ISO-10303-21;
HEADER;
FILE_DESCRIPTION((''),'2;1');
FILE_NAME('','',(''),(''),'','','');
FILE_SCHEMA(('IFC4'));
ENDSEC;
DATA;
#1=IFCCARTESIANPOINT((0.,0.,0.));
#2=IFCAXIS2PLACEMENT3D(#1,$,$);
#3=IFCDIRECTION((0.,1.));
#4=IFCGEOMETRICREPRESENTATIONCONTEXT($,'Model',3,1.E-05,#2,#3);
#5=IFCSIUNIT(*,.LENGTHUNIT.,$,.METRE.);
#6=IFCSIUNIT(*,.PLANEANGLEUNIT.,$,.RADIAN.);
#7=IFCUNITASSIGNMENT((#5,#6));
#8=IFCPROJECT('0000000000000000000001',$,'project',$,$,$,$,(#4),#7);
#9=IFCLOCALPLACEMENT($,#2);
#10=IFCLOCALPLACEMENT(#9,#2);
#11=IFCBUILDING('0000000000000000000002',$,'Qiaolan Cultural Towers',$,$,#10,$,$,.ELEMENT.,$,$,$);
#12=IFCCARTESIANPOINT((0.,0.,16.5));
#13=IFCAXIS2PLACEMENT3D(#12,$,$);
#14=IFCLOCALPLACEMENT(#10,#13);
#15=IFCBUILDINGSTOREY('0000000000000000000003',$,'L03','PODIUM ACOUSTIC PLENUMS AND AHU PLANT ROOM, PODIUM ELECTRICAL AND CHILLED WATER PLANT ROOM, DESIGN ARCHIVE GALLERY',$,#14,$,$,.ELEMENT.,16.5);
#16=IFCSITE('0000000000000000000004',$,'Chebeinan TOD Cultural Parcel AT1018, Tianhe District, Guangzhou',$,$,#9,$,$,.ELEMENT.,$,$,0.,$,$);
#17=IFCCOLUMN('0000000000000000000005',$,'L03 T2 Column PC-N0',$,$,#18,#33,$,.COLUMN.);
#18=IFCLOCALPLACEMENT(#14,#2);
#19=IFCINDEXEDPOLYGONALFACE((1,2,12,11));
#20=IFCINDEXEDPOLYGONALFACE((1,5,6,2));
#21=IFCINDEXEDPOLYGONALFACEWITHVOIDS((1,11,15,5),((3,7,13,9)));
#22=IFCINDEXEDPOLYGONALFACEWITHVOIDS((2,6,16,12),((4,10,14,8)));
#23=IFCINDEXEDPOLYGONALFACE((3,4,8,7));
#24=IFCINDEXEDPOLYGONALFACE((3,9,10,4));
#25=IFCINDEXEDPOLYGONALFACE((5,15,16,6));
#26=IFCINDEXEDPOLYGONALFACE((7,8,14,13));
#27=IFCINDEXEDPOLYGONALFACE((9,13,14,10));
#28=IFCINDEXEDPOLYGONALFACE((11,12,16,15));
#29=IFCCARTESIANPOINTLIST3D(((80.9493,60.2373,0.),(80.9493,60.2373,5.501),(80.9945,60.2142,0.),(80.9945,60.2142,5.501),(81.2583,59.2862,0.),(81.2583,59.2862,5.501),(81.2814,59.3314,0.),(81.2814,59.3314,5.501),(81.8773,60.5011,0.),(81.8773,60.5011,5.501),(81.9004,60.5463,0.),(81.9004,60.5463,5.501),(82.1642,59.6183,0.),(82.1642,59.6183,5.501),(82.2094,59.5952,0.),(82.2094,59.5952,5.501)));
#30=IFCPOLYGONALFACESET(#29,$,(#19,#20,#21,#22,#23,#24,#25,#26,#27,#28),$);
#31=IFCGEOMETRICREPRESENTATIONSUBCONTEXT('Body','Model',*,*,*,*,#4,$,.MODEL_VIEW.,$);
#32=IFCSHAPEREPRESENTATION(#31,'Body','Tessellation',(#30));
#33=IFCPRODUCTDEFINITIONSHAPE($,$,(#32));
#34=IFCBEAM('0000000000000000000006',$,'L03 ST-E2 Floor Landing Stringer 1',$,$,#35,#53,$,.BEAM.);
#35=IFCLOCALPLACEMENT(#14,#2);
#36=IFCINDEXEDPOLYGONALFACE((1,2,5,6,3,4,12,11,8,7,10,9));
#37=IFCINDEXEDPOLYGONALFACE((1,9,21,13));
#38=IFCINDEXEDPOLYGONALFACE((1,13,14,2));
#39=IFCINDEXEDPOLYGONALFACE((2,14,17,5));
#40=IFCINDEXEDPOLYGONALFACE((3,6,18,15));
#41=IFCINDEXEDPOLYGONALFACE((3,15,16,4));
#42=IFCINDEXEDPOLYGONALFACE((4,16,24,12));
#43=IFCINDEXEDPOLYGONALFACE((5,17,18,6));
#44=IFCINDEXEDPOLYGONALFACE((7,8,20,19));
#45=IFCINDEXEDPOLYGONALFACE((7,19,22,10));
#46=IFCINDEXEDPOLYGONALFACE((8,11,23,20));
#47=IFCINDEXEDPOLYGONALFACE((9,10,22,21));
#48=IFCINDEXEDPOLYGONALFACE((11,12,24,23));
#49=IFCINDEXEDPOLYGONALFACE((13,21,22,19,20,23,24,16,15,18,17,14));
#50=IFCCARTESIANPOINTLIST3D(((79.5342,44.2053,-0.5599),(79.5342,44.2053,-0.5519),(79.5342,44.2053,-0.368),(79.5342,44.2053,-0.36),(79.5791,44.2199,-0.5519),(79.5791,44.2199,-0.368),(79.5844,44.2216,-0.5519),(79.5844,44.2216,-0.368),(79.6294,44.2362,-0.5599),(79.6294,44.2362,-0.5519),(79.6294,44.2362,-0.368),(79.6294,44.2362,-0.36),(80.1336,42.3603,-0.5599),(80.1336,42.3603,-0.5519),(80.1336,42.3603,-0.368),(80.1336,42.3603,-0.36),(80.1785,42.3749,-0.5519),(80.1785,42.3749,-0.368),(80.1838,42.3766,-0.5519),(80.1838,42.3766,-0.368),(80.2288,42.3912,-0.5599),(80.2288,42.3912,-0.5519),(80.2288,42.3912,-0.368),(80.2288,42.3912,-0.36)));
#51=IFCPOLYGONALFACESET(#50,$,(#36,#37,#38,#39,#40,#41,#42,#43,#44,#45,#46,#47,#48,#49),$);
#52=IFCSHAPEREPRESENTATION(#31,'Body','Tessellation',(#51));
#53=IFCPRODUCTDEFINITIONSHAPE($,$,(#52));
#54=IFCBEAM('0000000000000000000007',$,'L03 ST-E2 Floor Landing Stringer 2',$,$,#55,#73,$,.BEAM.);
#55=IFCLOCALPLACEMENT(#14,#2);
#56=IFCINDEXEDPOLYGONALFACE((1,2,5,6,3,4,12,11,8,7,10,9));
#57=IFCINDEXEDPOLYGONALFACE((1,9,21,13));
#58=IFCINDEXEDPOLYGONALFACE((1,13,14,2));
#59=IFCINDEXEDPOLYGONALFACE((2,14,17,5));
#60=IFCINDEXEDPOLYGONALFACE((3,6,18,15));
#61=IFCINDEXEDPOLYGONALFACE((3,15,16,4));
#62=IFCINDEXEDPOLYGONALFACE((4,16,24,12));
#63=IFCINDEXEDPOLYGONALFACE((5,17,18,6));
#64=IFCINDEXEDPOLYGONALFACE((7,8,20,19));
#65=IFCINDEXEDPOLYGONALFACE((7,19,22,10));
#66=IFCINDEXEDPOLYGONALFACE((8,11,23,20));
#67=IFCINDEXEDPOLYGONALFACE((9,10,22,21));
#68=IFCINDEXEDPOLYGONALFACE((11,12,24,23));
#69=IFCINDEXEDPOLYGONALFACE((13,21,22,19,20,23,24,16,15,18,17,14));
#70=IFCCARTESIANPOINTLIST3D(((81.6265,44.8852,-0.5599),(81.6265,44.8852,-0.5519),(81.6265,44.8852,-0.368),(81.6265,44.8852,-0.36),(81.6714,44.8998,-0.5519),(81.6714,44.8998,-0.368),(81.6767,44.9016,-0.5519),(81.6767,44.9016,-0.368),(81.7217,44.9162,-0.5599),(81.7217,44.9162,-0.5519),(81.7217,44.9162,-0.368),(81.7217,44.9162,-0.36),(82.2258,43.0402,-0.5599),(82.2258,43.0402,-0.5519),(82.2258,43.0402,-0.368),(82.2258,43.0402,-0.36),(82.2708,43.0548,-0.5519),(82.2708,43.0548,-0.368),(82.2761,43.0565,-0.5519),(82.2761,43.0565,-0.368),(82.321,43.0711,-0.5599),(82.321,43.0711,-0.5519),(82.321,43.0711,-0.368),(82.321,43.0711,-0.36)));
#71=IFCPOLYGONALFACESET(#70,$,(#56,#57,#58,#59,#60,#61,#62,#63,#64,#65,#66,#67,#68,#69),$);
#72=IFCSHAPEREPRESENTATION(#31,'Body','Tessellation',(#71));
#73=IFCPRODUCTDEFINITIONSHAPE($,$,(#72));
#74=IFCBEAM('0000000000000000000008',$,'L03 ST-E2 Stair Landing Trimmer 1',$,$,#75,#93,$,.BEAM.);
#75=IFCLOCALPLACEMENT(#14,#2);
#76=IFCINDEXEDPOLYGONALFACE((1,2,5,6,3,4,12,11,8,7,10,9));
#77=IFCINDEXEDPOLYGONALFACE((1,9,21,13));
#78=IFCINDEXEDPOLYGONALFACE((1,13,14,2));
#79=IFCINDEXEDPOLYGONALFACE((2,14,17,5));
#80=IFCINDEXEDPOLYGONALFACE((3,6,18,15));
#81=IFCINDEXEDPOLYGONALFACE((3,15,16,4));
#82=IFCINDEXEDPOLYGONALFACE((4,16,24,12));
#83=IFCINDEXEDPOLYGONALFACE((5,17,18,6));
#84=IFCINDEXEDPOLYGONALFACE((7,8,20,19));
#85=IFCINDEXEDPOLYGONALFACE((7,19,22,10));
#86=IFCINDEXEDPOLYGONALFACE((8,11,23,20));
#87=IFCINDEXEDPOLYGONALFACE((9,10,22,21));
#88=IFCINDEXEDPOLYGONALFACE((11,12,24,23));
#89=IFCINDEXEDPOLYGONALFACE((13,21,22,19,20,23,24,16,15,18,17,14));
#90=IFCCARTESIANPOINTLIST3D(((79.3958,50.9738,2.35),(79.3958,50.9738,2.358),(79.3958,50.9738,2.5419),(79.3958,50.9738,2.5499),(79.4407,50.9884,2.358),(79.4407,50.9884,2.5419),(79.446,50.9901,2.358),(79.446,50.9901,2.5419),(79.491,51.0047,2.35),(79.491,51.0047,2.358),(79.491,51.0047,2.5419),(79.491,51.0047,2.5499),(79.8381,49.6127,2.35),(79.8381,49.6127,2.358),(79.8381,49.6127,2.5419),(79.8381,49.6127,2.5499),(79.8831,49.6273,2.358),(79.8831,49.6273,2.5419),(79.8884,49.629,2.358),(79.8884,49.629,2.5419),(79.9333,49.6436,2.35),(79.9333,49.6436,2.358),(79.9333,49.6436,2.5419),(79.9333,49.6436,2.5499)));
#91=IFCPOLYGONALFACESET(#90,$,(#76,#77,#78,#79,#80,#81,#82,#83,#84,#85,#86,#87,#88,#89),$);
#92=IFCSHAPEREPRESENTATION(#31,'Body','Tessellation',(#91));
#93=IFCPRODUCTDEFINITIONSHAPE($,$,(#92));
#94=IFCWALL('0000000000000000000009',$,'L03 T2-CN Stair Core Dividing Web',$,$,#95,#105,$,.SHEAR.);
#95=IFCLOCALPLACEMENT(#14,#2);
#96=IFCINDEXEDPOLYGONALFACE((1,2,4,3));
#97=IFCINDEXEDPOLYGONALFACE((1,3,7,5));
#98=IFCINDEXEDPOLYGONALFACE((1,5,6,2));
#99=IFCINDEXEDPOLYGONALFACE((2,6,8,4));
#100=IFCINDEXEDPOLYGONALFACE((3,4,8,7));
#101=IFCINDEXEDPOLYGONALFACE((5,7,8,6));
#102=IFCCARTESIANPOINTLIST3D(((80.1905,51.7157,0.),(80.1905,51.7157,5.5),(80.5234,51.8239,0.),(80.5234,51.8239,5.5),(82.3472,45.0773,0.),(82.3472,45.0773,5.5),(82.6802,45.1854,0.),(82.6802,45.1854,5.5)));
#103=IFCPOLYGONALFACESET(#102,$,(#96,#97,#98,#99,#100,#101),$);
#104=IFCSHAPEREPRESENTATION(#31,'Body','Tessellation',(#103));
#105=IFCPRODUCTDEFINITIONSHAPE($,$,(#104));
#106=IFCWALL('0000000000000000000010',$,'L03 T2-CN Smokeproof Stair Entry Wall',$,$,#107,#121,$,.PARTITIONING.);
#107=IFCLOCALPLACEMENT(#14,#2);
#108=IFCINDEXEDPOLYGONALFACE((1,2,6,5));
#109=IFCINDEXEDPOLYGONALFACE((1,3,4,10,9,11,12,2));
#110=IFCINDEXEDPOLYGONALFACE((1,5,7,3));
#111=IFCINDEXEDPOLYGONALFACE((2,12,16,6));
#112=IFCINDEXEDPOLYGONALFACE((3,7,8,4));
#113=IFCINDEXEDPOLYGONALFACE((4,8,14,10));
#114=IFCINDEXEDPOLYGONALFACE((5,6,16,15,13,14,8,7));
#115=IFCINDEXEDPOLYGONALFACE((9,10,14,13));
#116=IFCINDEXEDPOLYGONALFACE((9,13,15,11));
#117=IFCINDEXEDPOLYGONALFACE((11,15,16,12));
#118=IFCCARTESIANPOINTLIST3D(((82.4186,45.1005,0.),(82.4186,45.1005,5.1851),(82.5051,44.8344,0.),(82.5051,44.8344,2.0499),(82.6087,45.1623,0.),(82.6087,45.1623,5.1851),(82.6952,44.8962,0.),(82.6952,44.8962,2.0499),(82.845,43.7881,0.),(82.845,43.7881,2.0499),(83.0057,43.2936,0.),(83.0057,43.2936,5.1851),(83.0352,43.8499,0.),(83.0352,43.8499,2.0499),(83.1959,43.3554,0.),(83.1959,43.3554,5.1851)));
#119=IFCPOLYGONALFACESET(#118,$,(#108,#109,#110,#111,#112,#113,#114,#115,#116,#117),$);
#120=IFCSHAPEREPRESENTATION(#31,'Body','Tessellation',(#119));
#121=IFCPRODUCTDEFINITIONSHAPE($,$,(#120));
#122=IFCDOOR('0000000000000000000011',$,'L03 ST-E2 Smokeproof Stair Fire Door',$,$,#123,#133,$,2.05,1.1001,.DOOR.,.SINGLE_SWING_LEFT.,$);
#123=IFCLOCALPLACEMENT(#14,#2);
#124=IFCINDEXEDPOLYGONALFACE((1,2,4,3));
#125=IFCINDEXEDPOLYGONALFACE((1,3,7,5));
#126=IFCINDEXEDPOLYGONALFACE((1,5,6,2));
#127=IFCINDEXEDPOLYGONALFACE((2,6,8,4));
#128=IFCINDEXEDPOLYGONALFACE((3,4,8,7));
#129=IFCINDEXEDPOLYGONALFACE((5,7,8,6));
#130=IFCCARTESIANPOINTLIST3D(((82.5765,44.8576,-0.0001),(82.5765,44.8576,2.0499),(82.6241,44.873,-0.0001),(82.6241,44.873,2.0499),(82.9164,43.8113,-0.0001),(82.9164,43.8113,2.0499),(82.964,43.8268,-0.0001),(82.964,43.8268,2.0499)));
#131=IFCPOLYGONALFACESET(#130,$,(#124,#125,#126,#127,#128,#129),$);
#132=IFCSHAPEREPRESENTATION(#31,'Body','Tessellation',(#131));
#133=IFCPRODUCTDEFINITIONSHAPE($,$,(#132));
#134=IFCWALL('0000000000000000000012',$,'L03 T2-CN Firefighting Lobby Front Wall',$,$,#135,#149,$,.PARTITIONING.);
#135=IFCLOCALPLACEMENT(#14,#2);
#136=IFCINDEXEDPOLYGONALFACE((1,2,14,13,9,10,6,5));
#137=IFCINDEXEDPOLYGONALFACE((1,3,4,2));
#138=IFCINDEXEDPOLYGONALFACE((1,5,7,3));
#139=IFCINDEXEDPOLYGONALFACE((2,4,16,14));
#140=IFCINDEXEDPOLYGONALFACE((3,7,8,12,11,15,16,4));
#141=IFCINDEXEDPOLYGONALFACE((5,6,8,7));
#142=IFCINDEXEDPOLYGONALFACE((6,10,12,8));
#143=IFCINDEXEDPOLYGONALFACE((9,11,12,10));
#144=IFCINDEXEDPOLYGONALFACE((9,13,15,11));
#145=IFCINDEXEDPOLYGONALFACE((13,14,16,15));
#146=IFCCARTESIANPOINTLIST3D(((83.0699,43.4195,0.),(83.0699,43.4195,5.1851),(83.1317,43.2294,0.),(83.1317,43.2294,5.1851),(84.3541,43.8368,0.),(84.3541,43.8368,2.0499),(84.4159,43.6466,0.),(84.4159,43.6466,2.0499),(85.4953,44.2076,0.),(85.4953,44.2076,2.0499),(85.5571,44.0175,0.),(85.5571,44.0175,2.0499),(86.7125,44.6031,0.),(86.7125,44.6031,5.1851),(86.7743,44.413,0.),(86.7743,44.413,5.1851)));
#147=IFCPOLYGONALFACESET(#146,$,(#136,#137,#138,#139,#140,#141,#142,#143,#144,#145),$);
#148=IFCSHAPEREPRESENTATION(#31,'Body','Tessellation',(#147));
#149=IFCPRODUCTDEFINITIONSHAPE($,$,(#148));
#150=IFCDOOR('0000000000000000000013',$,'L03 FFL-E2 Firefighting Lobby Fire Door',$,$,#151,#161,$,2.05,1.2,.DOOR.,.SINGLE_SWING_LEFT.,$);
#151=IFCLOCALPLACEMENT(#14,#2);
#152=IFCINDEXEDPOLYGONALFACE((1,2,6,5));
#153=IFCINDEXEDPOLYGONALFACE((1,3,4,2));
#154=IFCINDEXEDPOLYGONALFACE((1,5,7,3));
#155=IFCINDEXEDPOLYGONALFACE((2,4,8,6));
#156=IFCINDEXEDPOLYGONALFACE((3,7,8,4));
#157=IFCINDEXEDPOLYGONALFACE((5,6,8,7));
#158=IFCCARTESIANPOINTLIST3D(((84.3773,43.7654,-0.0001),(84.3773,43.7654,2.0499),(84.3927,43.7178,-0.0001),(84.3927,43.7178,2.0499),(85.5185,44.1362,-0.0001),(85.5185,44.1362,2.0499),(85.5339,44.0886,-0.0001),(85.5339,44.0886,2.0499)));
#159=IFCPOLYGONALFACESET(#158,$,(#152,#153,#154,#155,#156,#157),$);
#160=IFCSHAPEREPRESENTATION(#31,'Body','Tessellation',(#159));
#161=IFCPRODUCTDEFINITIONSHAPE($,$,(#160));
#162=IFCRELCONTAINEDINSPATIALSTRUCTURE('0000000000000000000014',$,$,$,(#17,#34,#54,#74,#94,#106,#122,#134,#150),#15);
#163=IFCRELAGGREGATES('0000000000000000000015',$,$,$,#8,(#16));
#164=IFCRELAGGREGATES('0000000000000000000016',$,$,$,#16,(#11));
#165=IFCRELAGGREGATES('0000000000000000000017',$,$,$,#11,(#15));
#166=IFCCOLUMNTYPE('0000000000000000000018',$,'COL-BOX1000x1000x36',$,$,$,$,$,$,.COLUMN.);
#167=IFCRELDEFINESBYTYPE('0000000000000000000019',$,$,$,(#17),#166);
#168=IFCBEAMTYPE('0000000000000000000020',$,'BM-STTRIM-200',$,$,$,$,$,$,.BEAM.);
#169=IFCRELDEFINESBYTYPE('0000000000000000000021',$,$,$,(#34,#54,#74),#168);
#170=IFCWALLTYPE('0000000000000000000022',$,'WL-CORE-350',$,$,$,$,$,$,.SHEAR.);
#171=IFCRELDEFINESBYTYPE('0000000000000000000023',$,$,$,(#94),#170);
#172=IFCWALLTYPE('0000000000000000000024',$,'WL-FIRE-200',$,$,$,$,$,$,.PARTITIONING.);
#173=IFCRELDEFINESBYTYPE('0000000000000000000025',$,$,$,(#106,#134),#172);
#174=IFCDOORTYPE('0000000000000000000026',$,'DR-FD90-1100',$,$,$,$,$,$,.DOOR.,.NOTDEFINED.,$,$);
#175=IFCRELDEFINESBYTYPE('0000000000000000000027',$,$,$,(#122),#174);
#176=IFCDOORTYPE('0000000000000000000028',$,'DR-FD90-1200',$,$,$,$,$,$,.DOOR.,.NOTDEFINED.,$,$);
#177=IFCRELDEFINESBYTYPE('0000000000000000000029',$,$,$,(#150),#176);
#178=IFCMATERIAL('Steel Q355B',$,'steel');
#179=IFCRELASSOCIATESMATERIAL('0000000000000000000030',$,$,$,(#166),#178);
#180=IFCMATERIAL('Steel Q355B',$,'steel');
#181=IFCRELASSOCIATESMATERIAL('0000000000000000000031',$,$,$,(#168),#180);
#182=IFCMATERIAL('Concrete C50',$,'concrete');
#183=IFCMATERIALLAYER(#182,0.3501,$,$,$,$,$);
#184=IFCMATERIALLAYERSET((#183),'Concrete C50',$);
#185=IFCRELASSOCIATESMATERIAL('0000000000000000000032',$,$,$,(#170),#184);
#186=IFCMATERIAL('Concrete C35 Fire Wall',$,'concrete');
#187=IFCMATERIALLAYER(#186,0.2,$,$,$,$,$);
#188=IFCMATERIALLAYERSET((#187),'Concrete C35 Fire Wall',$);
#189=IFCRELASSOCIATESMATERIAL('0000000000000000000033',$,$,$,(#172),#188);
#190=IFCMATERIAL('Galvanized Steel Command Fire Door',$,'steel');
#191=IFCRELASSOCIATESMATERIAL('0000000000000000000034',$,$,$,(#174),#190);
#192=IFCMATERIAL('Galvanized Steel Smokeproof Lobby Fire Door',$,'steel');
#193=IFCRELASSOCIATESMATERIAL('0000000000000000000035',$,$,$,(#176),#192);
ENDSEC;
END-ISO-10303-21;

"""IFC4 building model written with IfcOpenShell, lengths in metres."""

from ifc_helpers import new_model, si_unit, direction, frame, frame_2d, origin, origin_2d, place, context, subcontext, project, spatial, rectangle, hollow_rectangle, i_section, extrude, material, layer, layer_set, material_profile, profile_set, type_object, element, fill, save


model = new_model("IFC4")

# Units and contexts
model_context = context("Model", 3, precision=1e-05, world=origin(), true_north=direction((0.0, 1.0)))
body_context = subcontext(model_context, "Body", "Model", "MODEL_VIEW")
ifc_project = project(units=[si_unit("LENGTHUNIT", "METRE"), si_unit("PLANEANGLEUNIT", "RADIAN")], contexts=[model_context])

# Site, building, storey
site_placement = place(None, origin())
site = spatial("IfcSite", under=ifc_project, at=site_placement, Name="Chebeinan TOD Cultural Parcel AT1018, Tianhe District, Guangzhou", CompositionType="ELEMENT", RefElevation=0.0)
building_placement = place(site_placement, origin())
building = spatial("IfcBuilding", under=site, at=building_placement, Name="Qiaolan Cultural Towers", CompositionType="ELEMENT")
storey_placement = place(building_placement, frame((0.0, 0.0, 16.5)))
storey = spatial("IfcBuildingStorey", under=building, at=storey_placement, Name="L03", Description="PODIUM ACOUSTIC PLENUMS AND AHU PLANT ROOM, PODIUM ELECTRICAL AND CHILLED WATER PLANT ROOM, DESIGN ARCHIVE GALLERY", CompositionType="ELEMENT", Elevation=16.5)

# Column
ifc_material_1 = material(Name="Steel Q355B", Category="steel")
ifc_material_profile_1 = material_profile(ifc_material_1, hollow_rectangle(XDim=1.0, YDim=1.0, WallThickness=0.0359, at=origin_2d()), Name="BOX1000x1000x36")
ifc_profile_set_1 = profile_set([ifc_material_profile_1], Name="Steel Q355B")
column_type = type_object("IfcColumnType", Name="COL-BOX1000x1000x36", PredefinedType="COLUMN", material=ifc_profile_set_1)
column_placement = place(storey_placement, frame((81.5793, 59.9163, 0.0), z_axis=(0.0, 0.0, 1.0), x_axis=(0.951057, 0.309017, 0.0)))
element("IfcColumn", 1, at=column_placement, inside=storey, type_object=column_type, Name="L03 T2 Column PC-N0", PredefinedType="COLUMN", context=body_context, shape_type="SweptSolid", body=[
    extrude(hollow_rectangle(XDim=1.0, YDim=1.0, WallThickness=0.0359, at=origin_2d()), origin(), (0.0, 0.0, 1.0), 5.501),
])

# Beams
ifc_material_2 = material(Name="Steel Q355B", Category="steel")
ifc_material_profile_2 = material_profile(ifc_material_2, i_section(OverallWidth=0.1001, OverallDepth=0.2, WebThickness=0.0056, FlangeThickness=0.0081, at=origin_2d()), Name="HN200x100x5.5x8")
ifc_profile_set_2 = profile_set([ifc_material_profile_2], Name="Steel Q355B")
beam_type = type_object("IfcBeamType", Name="BM-STTRIM-200", PredefinedType="BEAM", material=ifc_profile_set_2)
for number, where, z_axis, x_axis, name in (
    (2, (80.1812, 42.3757, -0.46), (-0.308969, 0.951072, 0.0), (-0.951072, -0.308969, 0.0), "L03 ST-E2 Floor Landing Stringer 1"),
    (3, (82.2734, 43.0557, -0.46), (-0.308969, 0.951072, 0.0), (-0.951072, -0.308969, 0.0), "L03 ST-E2 Floor Landing Stringer 2"),
):
    element("IfcBeam", number, at=place(storey_placement, frame(where, z_axis=z_axis, x_axis=x_axis)), inside=storey, type_object=beam_type, Name=name, PredefinedType="BEAM", context=body_context, shape_type="SweptSolid", body=[
        extrude(i_section(OverallWidth=0.1001, OverallDepth=0.2, WebThickness=0.0056, FlangeThickness=0.0081, at=origin_2d()), origin(), (0.0, 0.0, 1.0), 1.9399),
    ])
beam_placement = place(storey_placement, frame((79.8857, 49.6282, 2.45), z_axis=(-0.309105, 0.951028, 0.0), x_axis=(-0.951028, -0.309105, 0.0)))
element("IfcBeam", 4, at=beam_placement, inside=storey, type_object=beam_type, Name="L03 ST-E2 Stair Landing Trimmer 1", PredefinedType="BEAM", context=body_context, shape_type="SweptSolid", body=[
    extrude(i_section(OverallWidth=0.1001, OverallDepth=0.2, WebThickness=0.0056, FlangeThickness=0.0081, at=origin_2d()), origin(), (0.0, 0.0, 1.0), 1.4312),
])

# Wall
ifc_material_3 = material(Name="Concrete C50", Category="concrete")
ifc_layer_1 = layer(ifc_material_3, 0.3501)
ifc_layer_set_1 = layer_set([ifc_layer_1], Name="Concrete C50")
wall_type_1 = type_object("IfcWallType", Name="WL-CORE-350", PredefinedType="SHEAR", material=ifc_layer_set_1)
wall_1_placement = place(storey_placement, frame((82.5137, 45.1313, 0.0), z_axis=(0.0, 0.0, 1.0), x_axis=(-0.308989, 0.951066, 0.0)))
element("IfcWall", 5, at=wall_1_placement, inside=storey, type_object=wall_type_1, Name="L03 T2-CN Stair Core Dividing Web", PredefinedType="SHEAR", context=body_context, shape_type="SweptSolid", body=[
    extrude(rectangle(XDim=6.98, YDim=0.3501, at=frame_2d((3.49, 0.0))), origin(), (0.0, 0.0, 1.0), 5.5),
])

# Walls, openings, doors
ifc_material_4 = material(Name="Concrete C35 Fire Wall", Category="concrete")
ifc_layer_2 = layer(ifc_material_4, 0.2)
ifc_layer_set_2 = layer_set([ifc_layer_2], Name="Concrete C35 Fire Wall")
wall_type_2 = type_object("IfcWallType", Name="WL-FIRE-200", PredefinedType="PARTITIONING", material=ifc_layer_set_2)
wall_2_placement = place(storey_placement, frame((83.1008, 43.3245, 0.0), z_axis=(0.0, 0.0, 1.0), x_axis=(-0.309048, 0.951046, 0.0)))
wall_2 = element("IfcWall", 6, at=wall_2_placement, inside=storey, type_object=wall_type_2, Name="L03 T2-CN Smokeproof Stair Entry Wall", PredefinedType="PARTITIONING", context=body_context, shape_type="SweptSolid", body=[
    extrude(rectangle(XDim=1.8999, YDim=0.2, at=frame_2d((0.95, 0.0))), origin(), (0.0, 0.0, 1.0), 5.1851),
])
opening_1_placement = place(wall_2_placement, frame((0.52, 0.0, 0.0)))
opening_1 = element("IfcOpeningElement", 7, at=opening_1_placement, cuts=wall_2, PredefinedType="OPENING", context=body_context, shape_type="SweptSolid", body=[
    extrude(rectangle(XDim=1.1001, YDim=2.05, at=frame_2d((0.55, 1.0249))), frame((0.0, 0.1099, 0.0), z_axis=(0.0, -1.0, 0.0), x_axis=(1.0, 0.0, 0.0)), (0.0, 0.0, 1.0), 0.22),
])
ifc_material_5 = material(Name="Galvanized Steel Command Fire Door", Category="steel")
door_type_1 = type_object("IfcDoorType", Name="DR-FD90-1100", OperationType="NOTDEFINED", PredefinedType="DOOR", material=ifc_material_5)
door_1_placement = place(opening_1_placement, origin())
door_1 = element("IfcDoor", 8, at=door_1_placement, inside=storey, type_object=door_type_1, Name="L03 ST-E2 Smokeproof Stair Fire Door", OperationType="SINGLE_SWING_LEFT", OverallHeight=2.05, OverallWidth=1.1001, PredefinedType="DOOR", context=body_context, shape_type="SweptSolid", body=[
    extrude(rectangle(XDim=1.1001, YDim=2.05, at=frame_2d((0.55, 1.0249))), frame((0.0, 0.0249, 0.0), z_axis=(0.0, -1.0, 0.0), x_axis=(1.0, 0.0, 0.0)), (0.0, 0.0, 1.0), 0.05),
])
fill(opening_1, door_1)
wall_3_placement = place(storey_placement, frame((83.1008, 43.3245, 0.0), z_axis=(0.0, 0.0, 1.0), x_axis=(0.951053, 0.309028, 0.0)))
wall_3 = element("IfcWall", 9, at=wall_3_placement, inside=storey, type_object=wall_type_2, Name="L03 T2-CN Firefighting Lobby Front Wall", PredefinedType="PARTITIONING", context=body_context, shape_type="SweptSolid", body=[
    extrude(rectangle(XDim=3.8301, YDim=0.2, at=frame_2d((1.915, 0.0))), origin(), (0.0, 0.0, 1.0), 5.1851),
])
opening_2_placement = place(wall_3_placement, frame((1.3501, 0.0, 0.0)))
opening_2 = element("IfcOpeningElement", 10, at=opening_2_placement, cuts=wall_3, PredefinedType="OPENING", context=body_context, shape_type="SweptSolid", body=[
    extrude(rectangle(XDim=1.2, YDim=2.05, at=frame_2d((0.6001, 1.0249))), frame((0.0, 0.1099, 0.0), z_axis=(0.0, -1.0, 0.0), x_axis=(1.0, 0.0, 0.0)), (0.0, 0.0, 1.0), 0.22),
])
ifc_material_6 = material(Name="Galvanized Steel Smokeproof Lobby Fire Door", Category="steel")
door_type_2 = type_object("IfcDoorType", Name="DR-FD90-1200", OperationType="NOTDEFINED", PredefinedType="DOOR", material=ifc_material_6)
door_2_placement = place(opening_2_placement, origin())
door_2 = element("IfcDoor", 11, at=door_2_placement, inside=storey, type_object=door_type_2, Name="L03 FFL-E2 Firefighting Lobby Fire Door", OperationType="SINGLE_SWING_LEFT", OverallHeight=2.05, OverallWidth=1.2, PredefinedType="DOOR", context=body_context, shape_type="SweptSolid", body=[
    extrude(rectangle(XDim=1.2, YDim=2.05, at=frame_2d((0.6001, 1.0249))), frame((0.0, 0.0249, 0.0), z_axis=(0.0, -1.0, 0.0), x_axis=(1.0, 0.0, 0.0)), (0.0, 0.0, 1.0), 0.05),
])
fill(opening_2, door_2)

save(model, "model.ifc")
